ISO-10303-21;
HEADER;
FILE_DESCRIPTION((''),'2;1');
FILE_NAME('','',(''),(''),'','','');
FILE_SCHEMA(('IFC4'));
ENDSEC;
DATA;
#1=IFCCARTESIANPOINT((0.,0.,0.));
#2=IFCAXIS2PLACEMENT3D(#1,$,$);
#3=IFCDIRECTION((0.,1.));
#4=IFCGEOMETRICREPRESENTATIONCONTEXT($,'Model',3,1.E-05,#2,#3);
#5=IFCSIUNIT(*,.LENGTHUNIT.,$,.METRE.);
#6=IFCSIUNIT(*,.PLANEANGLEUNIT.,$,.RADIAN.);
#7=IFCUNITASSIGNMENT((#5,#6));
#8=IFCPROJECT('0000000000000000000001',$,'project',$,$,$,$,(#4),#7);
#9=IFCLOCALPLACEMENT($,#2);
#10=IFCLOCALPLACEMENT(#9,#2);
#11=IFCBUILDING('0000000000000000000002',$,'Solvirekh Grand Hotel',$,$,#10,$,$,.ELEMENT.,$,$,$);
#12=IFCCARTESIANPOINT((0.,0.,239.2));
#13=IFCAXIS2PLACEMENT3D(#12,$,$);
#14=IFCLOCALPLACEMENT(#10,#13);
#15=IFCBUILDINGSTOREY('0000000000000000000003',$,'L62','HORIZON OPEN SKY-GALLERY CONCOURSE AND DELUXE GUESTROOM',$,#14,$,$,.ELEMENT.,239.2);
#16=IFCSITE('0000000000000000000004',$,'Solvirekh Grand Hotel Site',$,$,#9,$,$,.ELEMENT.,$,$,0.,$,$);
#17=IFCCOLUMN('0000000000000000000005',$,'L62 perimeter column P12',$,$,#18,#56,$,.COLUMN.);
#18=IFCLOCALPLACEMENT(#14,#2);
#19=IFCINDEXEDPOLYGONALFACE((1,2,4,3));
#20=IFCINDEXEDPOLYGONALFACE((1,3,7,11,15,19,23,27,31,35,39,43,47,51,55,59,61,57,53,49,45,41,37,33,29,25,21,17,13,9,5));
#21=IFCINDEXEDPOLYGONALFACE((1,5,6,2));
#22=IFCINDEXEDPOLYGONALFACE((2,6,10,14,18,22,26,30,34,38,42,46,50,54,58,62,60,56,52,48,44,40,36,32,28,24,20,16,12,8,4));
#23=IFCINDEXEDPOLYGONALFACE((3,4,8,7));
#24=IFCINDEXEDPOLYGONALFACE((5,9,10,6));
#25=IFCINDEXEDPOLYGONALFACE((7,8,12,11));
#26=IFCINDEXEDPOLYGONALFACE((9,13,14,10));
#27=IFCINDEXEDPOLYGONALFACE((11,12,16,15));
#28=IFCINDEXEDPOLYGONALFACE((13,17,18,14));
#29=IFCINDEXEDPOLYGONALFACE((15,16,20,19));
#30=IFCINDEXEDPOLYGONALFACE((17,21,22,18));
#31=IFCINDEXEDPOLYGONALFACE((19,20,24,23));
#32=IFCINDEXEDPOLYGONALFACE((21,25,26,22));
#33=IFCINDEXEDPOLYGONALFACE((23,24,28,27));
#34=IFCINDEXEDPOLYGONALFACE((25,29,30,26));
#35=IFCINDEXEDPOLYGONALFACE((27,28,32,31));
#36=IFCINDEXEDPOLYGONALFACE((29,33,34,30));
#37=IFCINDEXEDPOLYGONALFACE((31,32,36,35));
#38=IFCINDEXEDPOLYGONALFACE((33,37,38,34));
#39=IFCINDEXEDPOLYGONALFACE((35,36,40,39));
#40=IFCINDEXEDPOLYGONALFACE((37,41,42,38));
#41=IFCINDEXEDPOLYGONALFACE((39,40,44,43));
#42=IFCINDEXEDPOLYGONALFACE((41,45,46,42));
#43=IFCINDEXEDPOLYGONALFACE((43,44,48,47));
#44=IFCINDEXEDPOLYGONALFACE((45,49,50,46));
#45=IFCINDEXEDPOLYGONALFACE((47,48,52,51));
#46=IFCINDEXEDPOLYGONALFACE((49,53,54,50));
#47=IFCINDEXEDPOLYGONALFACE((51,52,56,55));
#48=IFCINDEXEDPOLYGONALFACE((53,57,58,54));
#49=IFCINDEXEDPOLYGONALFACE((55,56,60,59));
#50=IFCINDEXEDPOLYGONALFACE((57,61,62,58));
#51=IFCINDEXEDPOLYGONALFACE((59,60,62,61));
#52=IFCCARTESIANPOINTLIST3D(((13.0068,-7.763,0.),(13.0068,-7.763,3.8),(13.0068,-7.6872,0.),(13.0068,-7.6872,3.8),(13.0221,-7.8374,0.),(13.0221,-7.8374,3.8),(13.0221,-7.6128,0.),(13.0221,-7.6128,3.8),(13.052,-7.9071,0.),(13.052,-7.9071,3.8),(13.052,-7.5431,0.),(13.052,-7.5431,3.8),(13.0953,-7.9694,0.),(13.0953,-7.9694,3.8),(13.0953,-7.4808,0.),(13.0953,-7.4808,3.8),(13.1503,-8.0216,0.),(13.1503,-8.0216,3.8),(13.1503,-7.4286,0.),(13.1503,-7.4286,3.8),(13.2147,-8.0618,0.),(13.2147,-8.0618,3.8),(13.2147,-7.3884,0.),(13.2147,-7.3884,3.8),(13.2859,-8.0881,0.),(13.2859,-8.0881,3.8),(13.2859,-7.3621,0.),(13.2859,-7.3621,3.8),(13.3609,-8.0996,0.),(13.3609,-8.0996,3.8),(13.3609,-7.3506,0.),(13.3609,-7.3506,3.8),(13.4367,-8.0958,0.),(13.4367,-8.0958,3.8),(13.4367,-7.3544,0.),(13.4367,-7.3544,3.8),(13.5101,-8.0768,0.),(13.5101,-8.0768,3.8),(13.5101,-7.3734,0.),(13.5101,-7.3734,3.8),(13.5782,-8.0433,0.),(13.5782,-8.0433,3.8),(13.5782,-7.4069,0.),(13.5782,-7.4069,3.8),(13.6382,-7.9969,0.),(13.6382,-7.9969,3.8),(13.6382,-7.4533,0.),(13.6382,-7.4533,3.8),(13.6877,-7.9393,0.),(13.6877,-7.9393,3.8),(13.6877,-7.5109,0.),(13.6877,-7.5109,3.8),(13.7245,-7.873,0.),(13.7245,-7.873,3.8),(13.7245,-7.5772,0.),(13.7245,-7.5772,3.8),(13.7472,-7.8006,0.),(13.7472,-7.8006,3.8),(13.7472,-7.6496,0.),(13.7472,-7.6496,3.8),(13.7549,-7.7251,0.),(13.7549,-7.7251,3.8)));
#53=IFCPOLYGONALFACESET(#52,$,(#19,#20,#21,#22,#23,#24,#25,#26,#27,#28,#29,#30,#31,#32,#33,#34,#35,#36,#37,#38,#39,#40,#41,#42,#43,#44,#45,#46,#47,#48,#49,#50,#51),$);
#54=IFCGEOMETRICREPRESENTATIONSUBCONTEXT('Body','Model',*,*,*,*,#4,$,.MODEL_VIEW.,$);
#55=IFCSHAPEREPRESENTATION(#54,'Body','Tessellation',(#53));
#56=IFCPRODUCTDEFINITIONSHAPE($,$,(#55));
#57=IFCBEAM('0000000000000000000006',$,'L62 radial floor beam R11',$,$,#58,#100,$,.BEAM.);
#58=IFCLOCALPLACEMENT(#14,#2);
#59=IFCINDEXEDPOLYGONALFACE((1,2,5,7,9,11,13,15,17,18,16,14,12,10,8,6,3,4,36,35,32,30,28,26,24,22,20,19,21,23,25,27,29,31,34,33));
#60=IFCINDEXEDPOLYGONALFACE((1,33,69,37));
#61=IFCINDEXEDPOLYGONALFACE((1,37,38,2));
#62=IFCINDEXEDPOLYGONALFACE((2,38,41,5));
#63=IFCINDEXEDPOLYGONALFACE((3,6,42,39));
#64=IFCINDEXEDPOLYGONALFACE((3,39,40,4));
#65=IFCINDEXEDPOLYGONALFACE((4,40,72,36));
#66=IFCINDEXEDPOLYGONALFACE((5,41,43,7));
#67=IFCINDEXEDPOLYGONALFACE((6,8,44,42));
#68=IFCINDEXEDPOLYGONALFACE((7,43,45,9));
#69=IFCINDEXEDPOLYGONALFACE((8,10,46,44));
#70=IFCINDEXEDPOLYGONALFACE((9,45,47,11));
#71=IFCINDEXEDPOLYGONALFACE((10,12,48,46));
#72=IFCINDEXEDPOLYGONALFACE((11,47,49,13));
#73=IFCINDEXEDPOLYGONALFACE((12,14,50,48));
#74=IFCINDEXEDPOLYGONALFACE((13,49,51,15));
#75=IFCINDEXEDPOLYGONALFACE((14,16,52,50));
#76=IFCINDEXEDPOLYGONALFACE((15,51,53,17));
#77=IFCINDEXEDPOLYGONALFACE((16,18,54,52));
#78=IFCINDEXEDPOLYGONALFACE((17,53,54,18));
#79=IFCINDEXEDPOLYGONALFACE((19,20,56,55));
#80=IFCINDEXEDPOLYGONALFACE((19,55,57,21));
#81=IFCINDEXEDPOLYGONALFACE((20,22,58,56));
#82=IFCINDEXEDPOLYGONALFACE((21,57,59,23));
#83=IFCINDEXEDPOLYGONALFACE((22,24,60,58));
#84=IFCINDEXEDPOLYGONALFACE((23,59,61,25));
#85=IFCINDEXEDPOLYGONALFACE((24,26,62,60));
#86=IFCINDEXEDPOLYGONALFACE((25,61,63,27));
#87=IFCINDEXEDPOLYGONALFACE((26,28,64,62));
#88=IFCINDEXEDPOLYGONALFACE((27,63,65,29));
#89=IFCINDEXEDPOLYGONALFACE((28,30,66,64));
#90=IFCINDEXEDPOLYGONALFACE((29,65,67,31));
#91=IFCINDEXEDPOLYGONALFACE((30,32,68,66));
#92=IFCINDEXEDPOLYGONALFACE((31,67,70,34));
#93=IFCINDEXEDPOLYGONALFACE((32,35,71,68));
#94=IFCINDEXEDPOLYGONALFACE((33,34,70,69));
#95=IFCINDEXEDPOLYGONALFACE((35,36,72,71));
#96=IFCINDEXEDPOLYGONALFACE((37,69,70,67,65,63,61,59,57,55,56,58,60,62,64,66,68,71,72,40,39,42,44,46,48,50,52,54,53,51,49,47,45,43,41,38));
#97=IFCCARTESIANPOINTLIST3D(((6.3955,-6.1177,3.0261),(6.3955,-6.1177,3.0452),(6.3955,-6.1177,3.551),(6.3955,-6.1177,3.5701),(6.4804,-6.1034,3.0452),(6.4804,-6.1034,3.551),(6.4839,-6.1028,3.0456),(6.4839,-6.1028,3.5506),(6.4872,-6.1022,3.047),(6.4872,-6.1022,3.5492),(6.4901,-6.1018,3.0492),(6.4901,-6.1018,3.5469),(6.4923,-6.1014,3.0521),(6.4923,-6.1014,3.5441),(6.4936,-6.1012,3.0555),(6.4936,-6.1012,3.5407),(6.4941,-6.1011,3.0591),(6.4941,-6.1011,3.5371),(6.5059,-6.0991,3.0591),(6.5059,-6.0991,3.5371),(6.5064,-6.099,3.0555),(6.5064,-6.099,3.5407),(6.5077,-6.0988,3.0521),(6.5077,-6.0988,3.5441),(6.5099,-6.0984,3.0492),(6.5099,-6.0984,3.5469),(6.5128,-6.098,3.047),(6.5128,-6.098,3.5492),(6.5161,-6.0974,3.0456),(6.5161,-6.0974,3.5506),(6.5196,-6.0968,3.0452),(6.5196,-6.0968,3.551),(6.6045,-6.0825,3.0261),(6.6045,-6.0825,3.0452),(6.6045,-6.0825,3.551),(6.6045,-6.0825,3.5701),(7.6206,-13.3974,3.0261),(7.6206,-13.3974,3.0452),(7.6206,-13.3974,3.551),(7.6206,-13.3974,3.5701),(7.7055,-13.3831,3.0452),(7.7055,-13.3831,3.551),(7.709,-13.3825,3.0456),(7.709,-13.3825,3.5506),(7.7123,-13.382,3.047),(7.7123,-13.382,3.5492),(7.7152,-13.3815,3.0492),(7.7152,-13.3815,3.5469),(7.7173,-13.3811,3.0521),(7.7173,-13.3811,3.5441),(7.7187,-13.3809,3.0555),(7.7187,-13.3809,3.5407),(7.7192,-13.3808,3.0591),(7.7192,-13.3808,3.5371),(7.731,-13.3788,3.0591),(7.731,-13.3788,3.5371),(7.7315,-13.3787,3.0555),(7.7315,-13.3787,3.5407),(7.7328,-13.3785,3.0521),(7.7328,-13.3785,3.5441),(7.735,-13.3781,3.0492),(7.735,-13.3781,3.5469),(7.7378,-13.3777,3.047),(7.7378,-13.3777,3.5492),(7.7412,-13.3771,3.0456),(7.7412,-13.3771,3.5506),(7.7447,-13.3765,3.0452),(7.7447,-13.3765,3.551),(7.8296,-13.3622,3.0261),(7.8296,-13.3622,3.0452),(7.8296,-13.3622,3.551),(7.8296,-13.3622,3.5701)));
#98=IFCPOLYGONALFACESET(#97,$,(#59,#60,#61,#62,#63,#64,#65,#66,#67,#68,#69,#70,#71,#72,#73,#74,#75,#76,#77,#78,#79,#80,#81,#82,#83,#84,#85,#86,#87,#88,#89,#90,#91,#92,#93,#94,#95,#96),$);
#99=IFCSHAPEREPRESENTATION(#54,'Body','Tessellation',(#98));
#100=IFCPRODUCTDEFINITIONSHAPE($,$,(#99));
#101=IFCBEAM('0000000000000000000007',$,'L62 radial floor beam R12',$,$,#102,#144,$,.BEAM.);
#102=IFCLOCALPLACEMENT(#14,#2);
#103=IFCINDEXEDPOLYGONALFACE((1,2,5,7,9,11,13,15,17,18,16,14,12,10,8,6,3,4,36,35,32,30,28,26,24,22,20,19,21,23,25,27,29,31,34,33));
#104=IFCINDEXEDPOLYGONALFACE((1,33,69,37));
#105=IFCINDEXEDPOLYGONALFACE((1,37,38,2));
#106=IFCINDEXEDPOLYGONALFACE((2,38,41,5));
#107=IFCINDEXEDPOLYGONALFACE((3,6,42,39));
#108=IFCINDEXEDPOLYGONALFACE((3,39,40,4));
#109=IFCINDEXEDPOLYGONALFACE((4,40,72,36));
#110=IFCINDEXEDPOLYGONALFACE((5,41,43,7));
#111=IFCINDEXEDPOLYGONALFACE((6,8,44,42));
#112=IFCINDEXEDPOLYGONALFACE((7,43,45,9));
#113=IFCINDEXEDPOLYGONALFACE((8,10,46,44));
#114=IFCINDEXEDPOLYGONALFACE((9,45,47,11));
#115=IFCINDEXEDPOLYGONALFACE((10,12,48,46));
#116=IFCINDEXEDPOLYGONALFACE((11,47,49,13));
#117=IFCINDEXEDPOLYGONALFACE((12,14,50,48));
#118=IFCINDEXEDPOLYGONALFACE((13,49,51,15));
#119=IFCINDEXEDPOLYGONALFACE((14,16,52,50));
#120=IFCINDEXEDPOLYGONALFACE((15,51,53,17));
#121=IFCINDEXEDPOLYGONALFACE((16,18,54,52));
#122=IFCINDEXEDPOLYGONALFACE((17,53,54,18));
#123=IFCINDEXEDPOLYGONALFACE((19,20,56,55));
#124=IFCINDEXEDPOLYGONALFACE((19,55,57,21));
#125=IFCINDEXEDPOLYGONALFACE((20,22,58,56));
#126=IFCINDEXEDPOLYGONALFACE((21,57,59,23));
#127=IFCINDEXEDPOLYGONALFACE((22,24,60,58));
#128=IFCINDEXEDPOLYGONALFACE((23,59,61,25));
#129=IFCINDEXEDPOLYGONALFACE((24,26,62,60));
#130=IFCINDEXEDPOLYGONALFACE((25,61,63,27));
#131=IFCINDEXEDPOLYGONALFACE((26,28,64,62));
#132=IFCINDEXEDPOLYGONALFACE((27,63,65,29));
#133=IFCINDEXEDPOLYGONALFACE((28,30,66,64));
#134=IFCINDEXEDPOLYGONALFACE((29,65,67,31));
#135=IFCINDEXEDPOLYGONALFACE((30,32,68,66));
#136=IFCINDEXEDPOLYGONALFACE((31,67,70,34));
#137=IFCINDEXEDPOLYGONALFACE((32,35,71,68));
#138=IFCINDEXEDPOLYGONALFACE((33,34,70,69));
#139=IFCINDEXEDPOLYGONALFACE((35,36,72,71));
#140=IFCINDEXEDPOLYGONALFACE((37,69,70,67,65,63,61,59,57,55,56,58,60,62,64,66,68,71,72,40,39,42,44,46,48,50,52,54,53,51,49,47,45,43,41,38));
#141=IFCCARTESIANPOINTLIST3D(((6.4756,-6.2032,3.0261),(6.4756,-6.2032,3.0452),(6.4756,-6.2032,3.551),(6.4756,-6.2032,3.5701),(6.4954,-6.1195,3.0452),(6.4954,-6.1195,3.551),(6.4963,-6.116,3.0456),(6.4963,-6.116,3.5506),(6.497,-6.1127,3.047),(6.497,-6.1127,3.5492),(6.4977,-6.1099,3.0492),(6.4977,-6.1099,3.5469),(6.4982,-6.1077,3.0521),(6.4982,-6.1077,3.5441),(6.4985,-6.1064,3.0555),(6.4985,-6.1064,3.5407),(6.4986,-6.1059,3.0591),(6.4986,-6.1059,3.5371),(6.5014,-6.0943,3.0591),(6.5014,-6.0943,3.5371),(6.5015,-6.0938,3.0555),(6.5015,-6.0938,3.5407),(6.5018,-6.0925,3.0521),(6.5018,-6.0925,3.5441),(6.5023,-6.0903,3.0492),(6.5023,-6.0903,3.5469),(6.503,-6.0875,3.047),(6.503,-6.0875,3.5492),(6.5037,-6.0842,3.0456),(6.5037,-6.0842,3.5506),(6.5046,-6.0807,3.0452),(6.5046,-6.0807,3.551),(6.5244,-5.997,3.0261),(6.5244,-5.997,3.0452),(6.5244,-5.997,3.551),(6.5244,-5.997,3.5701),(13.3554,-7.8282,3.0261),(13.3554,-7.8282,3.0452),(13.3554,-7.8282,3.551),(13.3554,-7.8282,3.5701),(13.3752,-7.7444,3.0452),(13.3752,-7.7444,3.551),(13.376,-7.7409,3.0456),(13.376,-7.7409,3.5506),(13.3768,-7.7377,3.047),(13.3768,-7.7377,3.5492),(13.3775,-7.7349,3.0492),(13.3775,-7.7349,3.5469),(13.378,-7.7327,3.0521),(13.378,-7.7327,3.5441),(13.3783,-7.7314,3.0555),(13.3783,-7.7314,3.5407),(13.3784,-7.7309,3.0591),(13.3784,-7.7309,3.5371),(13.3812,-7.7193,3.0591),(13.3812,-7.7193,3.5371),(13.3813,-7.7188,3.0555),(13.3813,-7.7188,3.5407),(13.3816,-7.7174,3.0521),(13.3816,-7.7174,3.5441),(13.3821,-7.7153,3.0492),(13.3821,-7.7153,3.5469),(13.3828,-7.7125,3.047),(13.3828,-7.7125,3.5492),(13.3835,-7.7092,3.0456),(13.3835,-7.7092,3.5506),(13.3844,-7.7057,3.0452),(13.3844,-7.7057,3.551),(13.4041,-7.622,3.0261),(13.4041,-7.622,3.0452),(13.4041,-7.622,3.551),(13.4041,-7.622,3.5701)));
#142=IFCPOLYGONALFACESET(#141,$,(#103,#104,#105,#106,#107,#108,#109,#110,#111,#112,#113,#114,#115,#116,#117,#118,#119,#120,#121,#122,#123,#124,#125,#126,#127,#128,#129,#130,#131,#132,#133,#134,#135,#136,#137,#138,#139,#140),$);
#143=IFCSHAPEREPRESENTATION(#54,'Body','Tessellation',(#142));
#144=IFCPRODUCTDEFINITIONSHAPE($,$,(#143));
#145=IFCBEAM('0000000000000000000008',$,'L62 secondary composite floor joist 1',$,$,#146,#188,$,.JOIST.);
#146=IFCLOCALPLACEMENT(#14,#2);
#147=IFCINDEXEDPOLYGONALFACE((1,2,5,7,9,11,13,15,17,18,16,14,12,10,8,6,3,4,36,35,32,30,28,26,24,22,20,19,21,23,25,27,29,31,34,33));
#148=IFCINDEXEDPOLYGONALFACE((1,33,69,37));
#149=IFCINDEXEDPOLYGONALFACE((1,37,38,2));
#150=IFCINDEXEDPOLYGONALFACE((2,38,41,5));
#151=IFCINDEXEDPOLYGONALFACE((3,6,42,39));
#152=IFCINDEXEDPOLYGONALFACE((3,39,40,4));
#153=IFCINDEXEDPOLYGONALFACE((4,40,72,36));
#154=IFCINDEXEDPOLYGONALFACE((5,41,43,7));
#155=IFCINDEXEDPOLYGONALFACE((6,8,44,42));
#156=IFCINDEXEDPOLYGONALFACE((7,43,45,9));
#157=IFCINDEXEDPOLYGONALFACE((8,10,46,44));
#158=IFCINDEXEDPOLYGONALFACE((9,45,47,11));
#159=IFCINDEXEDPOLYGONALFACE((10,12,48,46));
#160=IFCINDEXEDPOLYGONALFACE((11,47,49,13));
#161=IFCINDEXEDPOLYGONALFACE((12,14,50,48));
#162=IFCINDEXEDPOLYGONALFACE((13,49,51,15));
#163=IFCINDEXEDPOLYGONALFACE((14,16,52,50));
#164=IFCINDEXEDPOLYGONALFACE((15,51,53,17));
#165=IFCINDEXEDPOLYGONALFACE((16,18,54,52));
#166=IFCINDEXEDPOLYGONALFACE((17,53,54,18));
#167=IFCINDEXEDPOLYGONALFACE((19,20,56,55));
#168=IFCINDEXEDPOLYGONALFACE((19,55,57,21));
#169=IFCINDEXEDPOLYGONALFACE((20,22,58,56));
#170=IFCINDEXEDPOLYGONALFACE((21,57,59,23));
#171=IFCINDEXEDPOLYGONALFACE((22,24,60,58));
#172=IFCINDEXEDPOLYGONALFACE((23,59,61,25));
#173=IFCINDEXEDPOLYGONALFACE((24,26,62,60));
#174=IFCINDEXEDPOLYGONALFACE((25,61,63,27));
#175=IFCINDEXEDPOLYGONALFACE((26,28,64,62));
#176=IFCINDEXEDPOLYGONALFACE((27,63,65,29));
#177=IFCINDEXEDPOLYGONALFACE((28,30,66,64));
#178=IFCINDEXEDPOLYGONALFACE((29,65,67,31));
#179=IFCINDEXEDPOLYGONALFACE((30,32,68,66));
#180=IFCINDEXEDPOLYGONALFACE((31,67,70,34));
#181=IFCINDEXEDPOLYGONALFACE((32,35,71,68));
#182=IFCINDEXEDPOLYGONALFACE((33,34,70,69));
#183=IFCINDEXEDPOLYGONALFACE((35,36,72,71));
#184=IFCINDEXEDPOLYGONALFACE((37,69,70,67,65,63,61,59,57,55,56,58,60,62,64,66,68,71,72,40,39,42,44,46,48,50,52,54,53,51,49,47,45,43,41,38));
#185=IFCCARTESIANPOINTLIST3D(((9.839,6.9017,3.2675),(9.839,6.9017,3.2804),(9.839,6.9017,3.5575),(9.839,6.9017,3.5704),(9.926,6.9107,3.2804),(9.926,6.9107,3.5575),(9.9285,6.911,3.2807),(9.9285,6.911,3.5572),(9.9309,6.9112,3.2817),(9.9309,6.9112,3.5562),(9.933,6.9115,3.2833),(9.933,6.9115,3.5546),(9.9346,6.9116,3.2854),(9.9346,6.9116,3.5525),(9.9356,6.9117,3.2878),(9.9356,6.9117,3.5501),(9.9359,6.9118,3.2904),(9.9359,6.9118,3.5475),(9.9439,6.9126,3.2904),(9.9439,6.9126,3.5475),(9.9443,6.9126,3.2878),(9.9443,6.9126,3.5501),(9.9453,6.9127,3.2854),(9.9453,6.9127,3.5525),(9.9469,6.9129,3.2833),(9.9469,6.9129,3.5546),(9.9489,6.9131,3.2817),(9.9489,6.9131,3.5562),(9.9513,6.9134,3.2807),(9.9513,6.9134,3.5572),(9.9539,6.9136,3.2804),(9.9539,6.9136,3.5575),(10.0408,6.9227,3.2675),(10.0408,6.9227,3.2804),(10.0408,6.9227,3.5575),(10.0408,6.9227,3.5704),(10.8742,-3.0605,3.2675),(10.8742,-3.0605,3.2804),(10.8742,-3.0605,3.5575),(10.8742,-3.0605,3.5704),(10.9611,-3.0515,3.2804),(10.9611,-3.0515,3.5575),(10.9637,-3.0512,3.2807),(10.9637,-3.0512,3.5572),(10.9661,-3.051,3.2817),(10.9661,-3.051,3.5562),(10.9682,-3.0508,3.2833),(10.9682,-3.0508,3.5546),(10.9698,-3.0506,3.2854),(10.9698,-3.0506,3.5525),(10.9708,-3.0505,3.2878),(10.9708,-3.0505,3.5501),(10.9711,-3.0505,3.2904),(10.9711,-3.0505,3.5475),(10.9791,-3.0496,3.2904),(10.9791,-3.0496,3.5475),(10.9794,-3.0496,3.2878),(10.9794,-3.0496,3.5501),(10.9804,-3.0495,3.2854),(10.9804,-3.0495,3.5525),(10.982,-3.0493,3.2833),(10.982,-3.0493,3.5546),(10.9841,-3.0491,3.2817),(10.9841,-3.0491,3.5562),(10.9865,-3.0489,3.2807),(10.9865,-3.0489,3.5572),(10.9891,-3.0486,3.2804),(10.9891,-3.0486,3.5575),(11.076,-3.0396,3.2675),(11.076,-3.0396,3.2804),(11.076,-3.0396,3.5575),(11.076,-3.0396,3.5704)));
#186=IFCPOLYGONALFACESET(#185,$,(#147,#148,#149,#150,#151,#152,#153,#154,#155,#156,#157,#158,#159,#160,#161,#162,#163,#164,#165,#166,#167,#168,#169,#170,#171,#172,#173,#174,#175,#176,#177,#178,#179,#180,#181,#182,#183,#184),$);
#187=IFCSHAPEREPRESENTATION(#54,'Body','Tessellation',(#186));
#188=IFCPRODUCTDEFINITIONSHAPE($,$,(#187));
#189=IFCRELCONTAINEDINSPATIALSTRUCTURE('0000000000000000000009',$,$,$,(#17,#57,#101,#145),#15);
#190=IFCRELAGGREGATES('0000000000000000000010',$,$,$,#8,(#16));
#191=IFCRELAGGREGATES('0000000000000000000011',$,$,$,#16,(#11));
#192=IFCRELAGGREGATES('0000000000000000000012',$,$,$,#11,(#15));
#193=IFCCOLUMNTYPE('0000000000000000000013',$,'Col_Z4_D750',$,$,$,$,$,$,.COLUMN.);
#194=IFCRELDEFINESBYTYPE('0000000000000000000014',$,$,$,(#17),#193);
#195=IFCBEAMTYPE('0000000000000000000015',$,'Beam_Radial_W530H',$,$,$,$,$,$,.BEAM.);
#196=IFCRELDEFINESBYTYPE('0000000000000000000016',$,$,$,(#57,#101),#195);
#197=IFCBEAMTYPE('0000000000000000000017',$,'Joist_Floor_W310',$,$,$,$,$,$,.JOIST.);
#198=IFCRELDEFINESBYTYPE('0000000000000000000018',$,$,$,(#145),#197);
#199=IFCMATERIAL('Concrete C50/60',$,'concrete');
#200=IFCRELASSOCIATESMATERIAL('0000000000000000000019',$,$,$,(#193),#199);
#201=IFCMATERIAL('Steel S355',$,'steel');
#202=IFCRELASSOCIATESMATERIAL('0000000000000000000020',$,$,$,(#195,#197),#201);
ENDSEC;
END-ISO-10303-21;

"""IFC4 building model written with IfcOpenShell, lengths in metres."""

from ifc_helpers import new_model, si_unit, direction, frame, origin, origin_2d, place, context, subcontext, project, spatial, circle, i_section, extrude, material, material_profile, profile_set, type_object, element, save


model = new_model("IFC4")

# Units and contexts
model_context = context("Model", 3, precision=1e-05, world=origin(), true_north=direction((0.0, 1.0)))
body_context = subcontext(model_context, "Body", "Model", "MODEL_VIEW")
ifc_project = project(units=[si_unit("LENGTHUNIT", "METRE"), si_unit("PLANEANGLEUNIT", "RADIAN")], contexts=[model_context])

# Site, building, storey
site_placement = place(None, origin())
site = spatial("IfcSite", under=ifc_project, at=site_placement, Name="Solvirekh Grand Hotel Site", CompositionType="ELEMENT", RefElevation=0.0)
building_placement = place(site_placement, origin())
building = spatial("IfcBuilding", under=site, at=building_placement, Name="Solvirekh Grand Hotel", CompositionType="ELEMENT")
storey_placement = place(building_placement, frame((0.0, 0.0, 239.2)))
storey = spatial("IfcBuildingStorey", under=building, at=storey_placement, Name="L62", Description="HORIZON OPEN SKY-GALLERY CONCOURSE AND DELUXE GUESTROOM", CompositionType="ELEMENT", Elevation=239.2)

# Column
ifc_material_1 = material(Name="Concrete C50/60", Category="concrete")
ifc_material_profile_1 = material_profile(ifc_material_1, circle(Radius=0.375, at=origin_2d()), Name="RC CIRC D750")
ifc_profile_set_1 = profile_set([ifc_material_profile_1], Name="Concrete C50/60")
column_type = type_object("IfcColumnType", Name="Col_Z4_D750", PredefinedType="COLUMN", material=ifc_profile_set_1)
column_placement = place(storey_placement, frame((13.3799, -7.7251, 0.0), z_axis=(0.0, 0.0, 1.0), x_axis=(1.0, 0.0, 0.0)))
element("IfcColumn", 1, at=column_placement, inside=storey, type_object=column_type, Name="L62 perimeter column P12", PredefinedType="COLUMN", context=body_context, shape_type="SweptSolid", body=[
    extrude(circle(Radius=0.375, at=origin_2d()), origin(), (0.0, 0.0, 1.0), 3.8),
])

# Beams
ifc_material_2 = material(Name="Steel S355", Category="steel")
ifc_material_profile_2 = material_profile(ifc_material_2, i_section(OverallWidth=0.2119, OverallDepth=0.5439, WebThickness=0.012, FlangeThickness=0.019, FilletRadius=0.0139, at=origin_2d()), Name="W530X123")
ifc_profile_set_2 = profile_set([ifc_material_profile_2], Name="Steel S355")
beam_type_1 = type_object("IfcBeamType", Name="Beam_Radial_W530H", PredefinedType="BEAM", material=ifc_profile_set_2)
beam_1_placement = place(storey_placement, frame((6.5, -6.1001, 3.2981), z_axis=(0.165954, -0.986133, 0.0), x_axis=(0.986133, 0.165954, 0.0)))
element("IfcBeam", 2, at=beam_1_placement, inside=storey, type_object=beam_type_1, Name="L62 radial floor beam R11", PredefinedType="BEAM", context=body_context, shape_type="SweptSolid", body=[
    extrude(i_section(OverallWidth=0.2119, OverallDepth=0.5439, WebThickness=0.012, FlangeThickness=0.019, FilletRadius=0.0139, at=origin_2d()), origin(), (0.0, 0.0, 1.0), 7.3821),
])
beam_2_placement = place(storey_placement, frame((6.5, -6.1001, 3.2981), z_axis=(0.973221, -0.229871, 0.0), x_axis=(0.229871, 0.973221, 0.0)))
element("IfcBeam", 3, at=beam_2_placement, inside=storey, type_object=beam_type_1, Name="L62 radial floor beam R12", PredefinedType="BEAM", context=body_context, shape_type="SweptSolid", body=[
    extrude(i_section(OverallWidth=0.2119, OverallDepth=0.5439, WebThickness=0.012, FlangeThickness=0.019, FilletRadius=0.0139, at=origin_2d()), origin(), (0.0, 0.0, 1.0), 7.0691),
])
ifc_material_profile_3 = material_profile(ifc_material_2, i_section(OverallWidth=0.2029, OverallDepth=0.303, WebThickness=0.0081, FlangeThickness=0.0129, FilletRadius=0.01, at=origin_2d()), Name="W310X60")
ifc_profile_set_3 = profile_set([ifc_material_profile_3], Name="Steel S355")
beam_type_2 = type_object("IfcBeamType", Name="Joist_Floor_W310", PredefinedType="JOIST", material=ifc_profile_set_3)
beam_3_placement = place(storey_placement, frame((10.9751, -3.05, 3.4189), z_axis=(-0.103352, 0.994645, 0.0), x_axis=(-0.994645, -0.103352, 0.0)))
element("IfcBeam", 4, at=beam_3_placement, inside=storey, type_object=beam_type_2, Name="L62 secondary composite floor joist 1", PredefinedType="JOIST", context=body_context, shape_type="SweptSolid", body=[
    extrude(i_section(OverallWidth=0.2029, OverallDepth=0.303, WebThickness=0.0081, FlangeThickness=0.0129, FilletRadius=0.01, at=origin_2d()), origin(), (0.0, 0.0, 1.0), 10.0159),
])

save(model, "model.ifc")
